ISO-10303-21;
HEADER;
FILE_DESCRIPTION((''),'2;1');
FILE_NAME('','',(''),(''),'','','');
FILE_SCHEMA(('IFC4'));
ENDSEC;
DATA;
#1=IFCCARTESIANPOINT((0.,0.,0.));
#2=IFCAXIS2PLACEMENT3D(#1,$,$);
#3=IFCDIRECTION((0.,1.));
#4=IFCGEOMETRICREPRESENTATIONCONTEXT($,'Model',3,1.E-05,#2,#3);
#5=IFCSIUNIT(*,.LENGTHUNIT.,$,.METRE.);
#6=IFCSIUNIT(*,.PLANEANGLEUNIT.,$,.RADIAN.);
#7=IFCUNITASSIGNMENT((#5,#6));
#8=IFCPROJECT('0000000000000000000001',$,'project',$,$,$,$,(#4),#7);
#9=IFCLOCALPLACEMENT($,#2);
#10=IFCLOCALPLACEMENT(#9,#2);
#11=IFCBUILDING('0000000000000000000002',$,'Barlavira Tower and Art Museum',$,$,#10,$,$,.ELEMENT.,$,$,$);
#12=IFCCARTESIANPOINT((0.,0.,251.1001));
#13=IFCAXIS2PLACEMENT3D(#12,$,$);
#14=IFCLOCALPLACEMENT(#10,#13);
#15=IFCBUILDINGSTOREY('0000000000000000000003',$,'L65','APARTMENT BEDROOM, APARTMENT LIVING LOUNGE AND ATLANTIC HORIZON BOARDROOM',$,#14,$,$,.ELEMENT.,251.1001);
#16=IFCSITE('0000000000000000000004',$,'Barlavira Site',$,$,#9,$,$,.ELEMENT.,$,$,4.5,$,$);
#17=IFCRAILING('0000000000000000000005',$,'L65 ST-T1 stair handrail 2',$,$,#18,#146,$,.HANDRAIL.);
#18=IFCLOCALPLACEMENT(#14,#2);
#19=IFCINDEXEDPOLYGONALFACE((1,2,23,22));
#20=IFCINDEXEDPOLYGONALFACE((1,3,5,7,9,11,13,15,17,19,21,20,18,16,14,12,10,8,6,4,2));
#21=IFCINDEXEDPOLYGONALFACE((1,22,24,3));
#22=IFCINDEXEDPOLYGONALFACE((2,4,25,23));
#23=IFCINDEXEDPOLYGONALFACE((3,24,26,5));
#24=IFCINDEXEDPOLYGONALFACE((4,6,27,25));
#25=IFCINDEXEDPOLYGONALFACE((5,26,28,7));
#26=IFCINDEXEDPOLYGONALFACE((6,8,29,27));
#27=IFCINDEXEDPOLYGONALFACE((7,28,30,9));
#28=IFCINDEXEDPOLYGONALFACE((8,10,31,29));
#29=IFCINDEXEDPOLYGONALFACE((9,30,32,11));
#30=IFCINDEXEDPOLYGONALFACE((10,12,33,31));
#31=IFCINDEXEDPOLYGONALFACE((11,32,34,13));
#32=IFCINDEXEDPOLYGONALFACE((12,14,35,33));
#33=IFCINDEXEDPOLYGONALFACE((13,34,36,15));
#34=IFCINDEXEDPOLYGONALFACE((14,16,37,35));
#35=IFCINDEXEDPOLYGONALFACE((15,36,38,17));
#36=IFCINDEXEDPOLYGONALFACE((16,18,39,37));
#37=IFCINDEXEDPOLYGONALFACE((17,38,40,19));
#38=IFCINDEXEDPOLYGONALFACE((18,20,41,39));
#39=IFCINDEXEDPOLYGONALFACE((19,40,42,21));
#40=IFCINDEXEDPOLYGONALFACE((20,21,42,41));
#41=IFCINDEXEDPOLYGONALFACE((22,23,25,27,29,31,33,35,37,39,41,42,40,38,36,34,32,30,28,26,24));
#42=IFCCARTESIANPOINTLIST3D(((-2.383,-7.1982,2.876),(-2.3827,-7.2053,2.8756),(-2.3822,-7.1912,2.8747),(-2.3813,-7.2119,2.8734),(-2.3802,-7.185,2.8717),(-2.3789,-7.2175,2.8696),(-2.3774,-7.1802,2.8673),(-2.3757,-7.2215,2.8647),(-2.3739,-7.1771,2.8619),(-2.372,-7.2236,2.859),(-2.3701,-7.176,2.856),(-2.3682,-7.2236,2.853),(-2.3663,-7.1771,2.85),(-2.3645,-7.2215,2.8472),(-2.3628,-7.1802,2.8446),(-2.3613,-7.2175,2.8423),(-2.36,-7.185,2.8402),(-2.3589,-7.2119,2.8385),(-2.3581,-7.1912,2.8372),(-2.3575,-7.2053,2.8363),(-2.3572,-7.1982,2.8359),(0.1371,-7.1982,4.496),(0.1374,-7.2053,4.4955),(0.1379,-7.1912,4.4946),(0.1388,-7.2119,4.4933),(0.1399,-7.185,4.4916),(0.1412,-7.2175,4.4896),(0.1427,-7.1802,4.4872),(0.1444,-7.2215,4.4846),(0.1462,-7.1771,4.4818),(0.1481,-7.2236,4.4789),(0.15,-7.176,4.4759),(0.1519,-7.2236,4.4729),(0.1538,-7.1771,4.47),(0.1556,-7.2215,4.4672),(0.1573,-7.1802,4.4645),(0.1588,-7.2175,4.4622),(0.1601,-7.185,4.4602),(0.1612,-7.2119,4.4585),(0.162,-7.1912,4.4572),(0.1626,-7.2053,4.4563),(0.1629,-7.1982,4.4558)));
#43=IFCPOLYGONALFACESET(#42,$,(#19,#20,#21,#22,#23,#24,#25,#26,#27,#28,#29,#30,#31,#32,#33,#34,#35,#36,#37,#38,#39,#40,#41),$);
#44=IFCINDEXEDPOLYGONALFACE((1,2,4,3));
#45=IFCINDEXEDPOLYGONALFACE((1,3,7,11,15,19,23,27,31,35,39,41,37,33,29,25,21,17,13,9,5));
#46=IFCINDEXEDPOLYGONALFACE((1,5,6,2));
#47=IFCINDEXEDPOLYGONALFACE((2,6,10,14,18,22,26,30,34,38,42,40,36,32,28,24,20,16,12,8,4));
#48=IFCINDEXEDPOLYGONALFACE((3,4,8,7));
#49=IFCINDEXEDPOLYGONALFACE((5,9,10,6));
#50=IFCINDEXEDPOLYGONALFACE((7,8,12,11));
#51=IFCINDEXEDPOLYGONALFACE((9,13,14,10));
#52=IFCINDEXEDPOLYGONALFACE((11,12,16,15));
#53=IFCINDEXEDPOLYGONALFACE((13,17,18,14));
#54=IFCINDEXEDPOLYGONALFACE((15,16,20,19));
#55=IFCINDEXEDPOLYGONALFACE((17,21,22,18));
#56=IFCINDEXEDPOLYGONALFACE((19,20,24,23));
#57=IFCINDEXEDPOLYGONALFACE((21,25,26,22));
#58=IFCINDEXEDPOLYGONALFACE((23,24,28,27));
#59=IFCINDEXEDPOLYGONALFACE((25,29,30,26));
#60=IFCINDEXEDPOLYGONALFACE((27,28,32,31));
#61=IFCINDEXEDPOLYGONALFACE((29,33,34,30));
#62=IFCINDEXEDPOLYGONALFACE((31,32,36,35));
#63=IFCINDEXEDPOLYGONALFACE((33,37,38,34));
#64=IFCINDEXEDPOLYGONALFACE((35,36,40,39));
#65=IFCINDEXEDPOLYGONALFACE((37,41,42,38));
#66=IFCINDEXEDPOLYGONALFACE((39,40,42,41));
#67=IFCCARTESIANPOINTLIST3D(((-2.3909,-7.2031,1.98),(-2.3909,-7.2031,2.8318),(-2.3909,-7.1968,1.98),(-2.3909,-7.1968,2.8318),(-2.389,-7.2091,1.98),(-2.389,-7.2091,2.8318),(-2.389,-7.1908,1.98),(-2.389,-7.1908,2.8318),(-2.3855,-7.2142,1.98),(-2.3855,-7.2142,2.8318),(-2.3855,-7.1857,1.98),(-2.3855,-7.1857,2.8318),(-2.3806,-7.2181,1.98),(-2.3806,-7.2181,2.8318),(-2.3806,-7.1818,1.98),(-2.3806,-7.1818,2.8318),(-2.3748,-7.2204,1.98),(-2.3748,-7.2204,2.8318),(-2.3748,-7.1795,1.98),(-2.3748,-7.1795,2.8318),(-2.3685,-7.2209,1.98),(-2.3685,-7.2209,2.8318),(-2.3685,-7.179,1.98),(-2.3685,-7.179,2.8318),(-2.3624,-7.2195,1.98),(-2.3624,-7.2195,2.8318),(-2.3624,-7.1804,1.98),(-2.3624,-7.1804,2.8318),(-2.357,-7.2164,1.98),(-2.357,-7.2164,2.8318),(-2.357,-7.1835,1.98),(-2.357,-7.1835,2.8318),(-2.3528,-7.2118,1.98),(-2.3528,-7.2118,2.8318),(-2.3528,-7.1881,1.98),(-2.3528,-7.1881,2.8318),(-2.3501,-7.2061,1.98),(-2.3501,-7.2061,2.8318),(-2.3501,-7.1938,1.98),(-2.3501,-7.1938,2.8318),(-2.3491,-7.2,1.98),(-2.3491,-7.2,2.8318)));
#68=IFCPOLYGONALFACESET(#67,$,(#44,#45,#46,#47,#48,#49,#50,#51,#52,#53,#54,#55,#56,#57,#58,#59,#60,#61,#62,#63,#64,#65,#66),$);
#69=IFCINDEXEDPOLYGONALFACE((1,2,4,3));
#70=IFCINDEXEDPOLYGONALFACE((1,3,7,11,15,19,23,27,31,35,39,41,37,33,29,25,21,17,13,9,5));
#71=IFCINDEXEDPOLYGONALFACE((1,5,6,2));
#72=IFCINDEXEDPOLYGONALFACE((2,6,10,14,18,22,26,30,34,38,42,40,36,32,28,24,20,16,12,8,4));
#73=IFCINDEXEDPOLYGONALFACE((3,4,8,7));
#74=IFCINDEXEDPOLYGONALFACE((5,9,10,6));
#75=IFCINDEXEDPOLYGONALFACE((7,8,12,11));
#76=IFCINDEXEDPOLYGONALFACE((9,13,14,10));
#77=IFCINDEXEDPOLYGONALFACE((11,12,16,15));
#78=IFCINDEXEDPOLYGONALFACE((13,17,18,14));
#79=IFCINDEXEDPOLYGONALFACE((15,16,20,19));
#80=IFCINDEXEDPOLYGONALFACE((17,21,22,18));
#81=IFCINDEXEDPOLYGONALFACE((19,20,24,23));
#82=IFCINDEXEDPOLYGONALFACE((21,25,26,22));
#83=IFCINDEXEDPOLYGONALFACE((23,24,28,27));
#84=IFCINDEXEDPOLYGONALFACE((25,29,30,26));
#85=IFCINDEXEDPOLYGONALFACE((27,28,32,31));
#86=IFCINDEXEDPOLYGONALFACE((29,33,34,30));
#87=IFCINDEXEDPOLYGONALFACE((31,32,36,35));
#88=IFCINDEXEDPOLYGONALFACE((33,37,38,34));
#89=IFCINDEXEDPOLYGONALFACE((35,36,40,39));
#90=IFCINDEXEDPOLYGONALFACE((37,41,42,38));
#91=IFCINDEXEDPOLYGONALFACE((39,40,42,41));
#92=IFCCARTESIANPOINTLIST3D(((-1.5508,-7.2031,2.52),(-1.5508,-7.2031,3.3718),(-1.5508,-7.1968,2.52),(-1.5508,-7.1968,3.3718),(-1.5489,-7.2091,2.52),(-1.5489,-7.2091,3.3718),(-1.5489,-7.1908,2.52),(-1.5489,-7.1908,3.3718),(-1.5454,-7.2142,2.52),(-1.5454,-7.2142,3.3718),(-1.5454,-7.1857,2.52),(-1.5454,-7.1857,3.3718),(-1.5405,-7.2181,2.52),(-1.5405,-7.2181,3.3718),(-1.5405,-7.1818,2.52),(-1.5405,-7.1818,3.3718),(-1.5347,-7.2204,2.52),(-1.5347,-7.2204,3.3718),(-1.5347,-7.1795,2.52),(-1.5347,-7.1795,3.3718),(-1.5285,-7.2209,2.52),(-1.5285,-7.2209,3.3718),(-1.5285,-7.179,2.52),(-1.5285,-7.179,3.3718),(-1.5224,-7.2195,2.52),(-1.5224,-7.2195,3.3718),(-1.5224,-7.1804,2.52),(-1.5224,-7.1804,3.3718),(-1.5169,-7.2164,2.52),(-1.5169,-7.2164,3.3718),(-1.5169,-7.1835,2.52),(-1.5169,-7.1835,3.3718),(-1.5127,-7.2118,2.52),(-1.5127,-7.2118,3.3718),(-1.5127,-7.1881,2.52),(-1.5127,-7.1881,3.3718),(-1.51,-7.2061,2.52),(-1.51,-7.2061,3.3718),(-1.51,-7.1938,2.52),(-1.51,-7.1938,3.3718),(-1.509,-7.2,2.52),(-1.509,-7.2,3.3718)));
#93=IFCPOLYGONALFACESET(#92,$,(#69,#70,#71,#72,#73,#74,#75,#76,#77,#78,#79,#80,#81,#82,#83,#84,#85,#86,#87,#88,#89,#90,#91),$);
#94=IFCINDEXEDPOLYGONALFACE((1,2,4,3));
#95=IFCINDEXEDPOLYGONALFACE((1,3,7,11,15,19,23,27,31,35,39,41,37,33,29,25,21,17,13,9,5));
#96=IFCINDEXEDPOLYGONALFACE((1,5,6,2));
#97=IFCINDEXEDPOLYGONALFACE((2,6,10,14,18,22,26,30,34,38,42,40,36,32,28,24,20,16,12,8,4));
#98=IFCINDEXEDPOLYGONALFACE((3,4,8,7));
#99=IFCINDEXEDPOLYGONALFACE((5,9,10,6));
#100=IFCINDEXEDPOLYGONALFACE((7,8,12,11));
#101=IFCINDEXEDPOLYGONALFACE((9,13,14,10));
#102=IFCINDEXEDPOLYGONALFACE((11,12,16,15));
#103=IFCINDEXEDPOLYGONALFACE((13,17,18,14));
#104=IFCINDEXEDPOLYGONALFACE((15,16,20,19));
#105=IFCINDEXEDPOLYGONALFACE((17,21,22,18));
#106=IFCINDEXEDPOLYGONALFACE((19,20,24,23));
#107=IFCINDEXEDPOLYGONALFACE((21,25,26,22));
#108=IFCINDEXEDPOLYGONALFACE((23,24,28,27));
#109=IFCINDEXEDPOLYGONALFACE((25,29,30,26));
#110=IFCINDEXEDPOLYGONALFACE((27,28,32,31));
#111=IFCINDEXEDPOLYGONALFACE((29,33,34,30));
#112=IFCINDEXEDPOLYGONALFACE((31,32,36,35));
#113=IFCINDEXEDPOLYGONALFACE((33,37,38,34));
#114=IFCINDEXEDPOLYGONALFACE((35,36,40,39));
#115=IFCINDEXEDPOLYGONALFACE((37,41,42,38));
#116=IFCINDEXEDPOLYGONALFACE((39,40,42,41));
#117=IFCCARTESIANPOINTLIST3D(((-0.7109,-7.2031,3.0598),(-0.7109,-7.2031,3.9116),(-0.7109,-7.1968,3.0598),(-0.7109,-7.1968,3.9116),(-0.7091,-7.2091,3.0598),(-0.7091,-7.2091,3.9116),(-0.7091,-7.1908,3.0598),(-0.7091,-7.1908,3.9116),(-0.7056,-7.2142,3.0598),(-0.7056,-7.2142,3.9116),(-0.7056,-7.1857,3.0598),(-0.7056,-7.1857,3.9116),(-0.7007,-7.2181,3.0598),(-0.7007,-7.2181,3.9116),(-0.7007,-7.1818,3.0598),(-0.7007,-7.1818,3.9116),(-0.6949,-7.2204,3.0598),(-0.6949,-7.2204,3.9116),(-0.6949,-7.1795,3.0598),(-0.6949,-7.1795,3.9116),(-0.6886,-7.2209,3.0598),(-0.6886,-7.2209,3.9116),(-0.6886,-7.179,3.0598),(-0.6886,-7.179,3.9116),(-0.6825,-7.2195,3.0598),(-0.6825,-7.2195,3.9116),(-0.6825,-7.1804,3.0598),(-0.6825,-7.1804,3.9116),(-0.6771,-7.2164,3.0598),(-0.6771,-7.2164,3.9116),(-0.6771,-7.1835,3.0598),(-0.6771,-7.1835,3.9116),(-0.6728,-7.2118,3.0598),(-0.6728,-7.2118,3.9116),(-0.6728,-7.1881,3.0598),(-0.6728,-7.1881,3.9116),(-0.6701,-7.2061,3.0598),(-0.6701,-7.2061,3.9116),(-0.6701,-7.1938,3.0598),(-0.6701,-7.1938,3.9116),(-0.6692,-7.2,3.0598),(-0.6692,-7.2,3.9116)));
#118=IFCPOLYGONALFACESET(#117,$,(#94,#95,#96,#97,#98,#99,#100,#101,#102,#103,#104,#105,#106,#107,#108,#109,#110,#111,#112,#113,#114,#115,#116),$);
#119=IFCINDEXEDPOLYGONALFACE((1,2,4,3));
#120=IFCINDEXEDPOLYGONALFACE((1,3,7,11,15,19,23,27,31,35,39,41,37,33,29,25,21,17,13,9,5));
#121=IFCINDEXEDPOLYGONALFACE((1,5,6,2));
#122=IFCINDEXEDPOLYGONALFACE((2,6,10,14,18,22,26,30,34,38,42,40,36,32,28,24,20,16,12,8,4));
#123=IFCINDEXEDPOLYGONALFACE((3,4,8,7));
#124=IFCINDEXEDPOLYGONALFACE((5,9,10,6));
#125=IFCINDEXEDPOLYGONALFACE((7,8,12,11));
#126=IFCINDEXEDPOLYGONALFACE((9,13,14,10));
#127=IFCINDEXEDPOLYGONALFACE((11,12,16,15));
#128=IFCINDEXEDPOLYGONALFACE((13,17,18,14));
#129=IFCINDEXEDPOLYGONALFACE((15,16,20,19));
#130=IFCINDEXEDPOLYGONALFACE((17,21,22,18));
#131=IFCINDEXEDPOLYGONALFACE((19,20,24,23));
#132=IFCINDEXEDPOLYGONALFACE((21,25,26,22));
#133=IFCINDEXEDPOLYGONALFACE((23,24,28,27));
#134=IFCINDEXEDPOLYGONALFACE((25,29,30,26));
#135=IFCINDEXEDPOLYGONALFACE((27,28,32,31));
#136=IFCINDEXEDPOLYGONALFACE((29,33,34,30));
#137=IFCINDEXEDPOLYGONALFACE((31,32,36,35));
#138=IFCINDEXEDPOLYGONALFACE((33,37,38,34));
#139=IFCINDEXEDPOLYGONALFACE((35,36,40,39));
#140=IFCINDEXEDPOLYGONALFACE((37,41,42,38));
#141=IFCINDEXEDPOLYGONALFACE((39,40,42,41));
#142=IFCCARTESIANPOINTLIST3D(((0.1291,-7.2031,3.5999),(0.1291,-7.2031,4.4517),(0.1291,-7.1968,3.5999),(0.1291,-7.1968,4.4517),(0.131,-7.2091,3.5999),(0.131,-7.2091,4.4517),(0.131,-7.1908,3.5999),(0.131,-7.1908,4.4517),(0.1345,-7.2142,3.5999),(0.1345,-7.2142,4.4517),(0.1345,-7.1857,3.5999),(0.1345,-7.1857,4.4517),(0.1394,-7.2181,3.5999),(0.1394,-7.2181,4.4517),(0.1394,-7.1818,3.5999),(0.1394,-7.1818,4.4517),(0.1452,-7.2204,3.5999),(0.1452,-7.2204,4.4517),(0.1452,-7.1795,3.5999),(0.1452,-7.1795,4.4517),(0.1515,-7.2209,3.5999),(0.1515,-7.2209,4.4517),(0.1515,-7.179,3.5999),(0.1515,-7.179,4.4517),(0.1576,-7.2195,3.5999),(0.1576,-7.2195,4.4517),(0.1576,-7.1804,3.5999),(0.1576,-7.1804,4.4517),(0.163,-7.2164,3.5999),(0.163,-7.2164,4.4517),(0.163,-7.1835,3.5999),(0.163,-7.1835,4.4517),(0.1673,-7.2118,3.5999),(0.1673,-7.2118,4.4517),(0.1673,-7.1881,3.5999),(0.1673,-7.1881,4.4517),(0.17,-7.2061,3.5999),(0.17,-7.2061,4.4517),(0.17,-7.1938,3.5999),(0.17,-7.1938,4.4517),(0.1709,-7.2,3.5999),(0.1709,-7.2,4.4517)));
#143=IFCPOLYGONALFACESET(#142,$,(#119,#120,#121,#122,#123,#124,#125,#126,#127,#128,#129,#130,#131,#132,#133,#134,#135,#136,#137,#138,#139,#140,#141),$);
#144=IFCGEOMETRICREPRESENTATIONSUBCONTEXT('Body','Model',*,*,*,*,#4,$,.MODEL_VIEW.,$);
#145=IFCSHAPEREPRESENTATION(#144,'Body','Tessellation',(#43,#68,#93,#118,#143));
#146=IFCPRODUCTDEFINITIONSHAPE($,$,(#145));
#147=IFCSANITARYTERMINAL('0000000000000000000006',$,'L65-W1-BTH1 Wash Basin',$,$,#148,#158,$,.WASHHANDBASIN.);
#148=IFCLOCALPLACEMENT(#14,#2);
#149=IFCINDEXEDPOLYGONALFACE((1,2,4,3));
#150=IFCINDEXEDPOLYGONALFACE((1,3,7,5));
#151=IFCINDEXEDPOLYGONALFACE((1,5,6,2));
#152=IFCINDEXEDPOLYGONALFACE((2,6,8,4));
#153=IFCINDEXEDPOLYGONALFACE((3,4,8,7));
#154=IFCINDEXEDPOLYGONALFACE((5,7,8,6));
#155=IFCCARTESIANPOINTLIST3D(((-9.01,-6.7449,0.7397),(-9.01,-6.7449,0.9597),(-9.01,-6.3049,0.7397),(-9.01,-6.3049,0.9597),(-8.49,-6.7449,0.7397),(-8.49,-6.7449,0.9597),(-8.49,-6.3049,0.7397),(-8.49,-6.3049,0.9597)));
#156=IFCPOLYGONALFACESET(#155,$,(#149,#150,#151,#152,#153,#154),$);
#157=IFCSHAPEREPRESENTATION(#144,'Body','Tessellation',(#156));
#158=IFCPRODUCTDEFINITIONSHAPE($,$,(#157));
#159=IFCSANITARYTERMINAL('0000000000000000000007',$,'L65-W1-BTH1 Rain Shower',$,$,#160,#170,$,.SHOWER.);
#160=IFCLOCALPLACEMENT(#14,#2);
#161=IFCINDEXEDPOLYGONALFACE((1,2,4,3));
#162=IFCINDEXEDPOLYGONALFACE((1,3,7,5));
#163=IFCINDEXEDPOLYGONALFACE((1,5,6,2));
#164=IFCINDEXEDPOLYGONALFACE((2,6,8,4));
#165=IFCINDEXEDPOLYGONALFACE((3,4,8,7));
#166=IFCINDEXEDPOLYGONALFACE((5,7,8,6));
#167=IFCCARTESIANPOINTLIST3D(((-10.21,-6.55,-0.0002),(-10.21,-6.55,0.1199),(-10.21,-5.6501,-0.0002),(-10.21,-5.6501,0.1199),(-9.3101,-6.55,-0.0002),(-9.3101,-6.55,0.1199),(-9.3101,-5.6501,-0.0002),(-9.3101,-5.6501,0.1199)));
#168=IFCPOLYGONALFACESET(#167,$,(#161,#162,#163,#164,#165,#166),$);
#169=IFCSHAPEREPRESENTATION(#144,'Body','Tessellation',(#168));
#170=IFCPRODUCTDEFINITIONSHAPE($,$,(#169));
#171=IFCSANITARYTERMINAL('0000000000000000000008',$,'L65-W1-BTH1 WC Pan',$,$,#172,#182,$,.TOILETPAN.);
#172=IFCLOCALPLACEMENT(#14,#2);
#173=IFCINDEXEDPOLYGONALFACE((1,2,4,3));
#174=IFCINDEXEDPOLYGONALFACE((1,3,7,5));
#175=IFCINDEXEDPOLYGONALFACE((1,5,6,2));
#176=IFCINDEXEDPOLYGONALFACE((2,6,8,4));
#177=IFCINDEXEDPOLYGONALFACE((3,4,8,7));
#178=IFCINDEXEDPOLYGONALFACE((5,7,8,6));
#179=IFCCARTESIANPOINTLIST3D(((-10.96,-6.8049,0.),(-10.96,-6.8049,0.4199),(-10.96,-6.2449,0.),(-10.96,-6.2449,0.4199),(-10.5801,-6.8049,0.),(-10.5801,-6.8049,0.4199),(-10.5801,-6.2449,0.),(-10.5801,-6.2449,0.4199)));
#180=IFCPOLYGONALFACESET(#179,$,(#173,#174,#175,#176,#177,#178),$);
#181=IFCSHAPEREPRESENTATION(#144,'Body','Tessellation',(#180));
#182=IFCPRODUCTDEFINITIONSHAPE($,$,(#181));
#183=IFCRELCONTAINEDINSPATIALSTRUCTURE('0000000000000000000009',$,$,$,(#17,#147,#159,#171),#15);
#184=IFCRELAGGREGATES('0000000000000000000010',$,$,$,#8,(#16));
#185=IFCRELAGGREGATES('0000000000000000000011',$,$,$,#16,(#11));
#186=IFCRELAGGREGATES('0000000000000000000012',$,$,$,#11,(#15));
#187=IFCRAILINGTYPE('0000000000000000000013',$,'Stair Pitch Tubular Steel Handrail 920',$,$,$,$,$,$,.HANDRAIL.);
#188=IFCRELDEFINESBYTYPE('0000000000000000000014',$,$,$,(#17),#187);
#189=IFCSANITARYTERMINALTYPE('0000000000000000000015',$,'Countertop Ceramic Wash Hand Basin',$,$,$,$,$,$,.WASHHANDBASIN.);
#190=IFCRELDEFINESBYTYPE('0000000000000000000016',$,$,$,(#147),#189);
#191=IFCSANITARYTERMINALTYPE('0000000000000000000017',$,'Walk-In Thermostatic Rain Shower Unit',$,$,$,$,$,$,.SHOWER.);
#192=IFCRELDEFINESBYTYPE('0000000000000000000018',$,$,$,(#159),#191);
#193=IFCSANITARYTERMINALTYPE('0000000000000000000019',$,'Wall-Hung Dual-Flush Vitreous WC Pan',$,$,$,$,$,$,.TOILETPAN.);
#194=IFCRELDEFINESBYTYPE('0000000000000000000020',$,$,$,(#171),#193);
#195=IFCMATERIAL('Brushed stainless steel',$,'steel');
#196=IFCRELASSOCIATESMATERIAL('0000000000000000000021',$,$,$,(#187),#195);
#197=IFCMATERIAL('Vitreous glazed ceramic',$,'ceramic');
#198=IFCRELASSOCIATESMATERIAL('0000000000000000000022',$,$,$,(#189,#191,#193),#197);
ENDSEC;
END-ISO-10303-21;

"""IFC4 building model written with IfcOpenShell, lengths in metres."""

from ifc_helpers import new_model, si_unit, direction, frame, origin, origin_2d, place, context, subcontext, project, spatial, rectangle, circle, extrude, material, type_object, element, save


model = new_model("IFC4")

# Units and contexts
model_context = context("Model", 3, precision=1e-05, world=origin(), true_north=direction((0.0, 1.0)))
body_context = subcontext(model_context, "Body", "Model", "MODEL_VIEW")
ifc_project = project(units=[si_unit("LENGTHUNIT", "METRE"), si_unit("PLANEANGLEUNIT", "RADIAN")], contexts=[model_context])

# Site, building, storey
site_placement = place(None, origin())
site = spatial("IfcSite", under=ifc_project, at=site_placement, Name="Barlavira Site", CompositionType="ELEMENT", RefElevation=4.5)
building_placement = place(site_placement, origin())
building = spatial("IfcBuilding", under=site, at=building_placement, Name="Barlavira Tower and Art Museum", CompositionType="ELEMENT")
storey_placement = place(building_placement, frame((0.0, 0.0, 251.1001)))
storey = spatial("IfcBuildingStorey", under=building, at=storey_placement, Name="L65", Description="APARTMENT BEDROOM, APARTMENT LIVING LOUNGE AND ATLANTIC HORIZON BOARDROOM", CompositionType="ELEMENT", Elevation=251.1001)

# Shared definitions
ifc_material_1 = material(Name="Brushed stainless steel", Category="steel")

# Railing
railing_type_1 = type_object("IfcRailingType", Name="Stair Pitch Tubular Steel Handrail 920", PredefinedType="HANDRAIL", material=ifc_material_1)
railing_1_placement = place(storey_placement, frame((-2.3701, -7.2, 1.98)))
element("IfcRailing", 1, at=railing_1_placement, inside=storey, type_object=railing_type_1, Name="L65 ST-T1 stair handrail 2", PredefinedType="HANDRAIL", context=body_context, shape_type="SweptSolid", body=[
    extrude(circle(Radius=0.0239, at=origin_2d()), frame((0.0, 0.0, 0.876), z_axis=(0.8412, 0.0, 0.540725), x_axis=(0.0, 1.0, 0.0)), (0.0, 0.0, 1.0), 2.9958),
    extrude(circle(Radius=0.021, at=origin_2d()), origin(), (0.0, 0.0, 1.0), 0.8518),
    extrude(circle(Radius=0.021, at=origin_2d()), frame((0.8401, 0.0, 0.54)), (0.0, 0.0, 1.0), 0.8518),
    extrude(circle(Radius=0.021, at=origin_2d()), frame((1.6799, 0.0, 1.0798)), (0.0, 0.0, 1.0), 0.8518),
    extrude(circle(Radius=0.021, at=origin_2d()), frame((2.52, 0.0, 1.6199)), (0.0, 0.0, 1.0), 0.8518),
])

# Sanitary terminals
ifc_material_2 = material(Name="Vitreous glazed ceramic", Category="ceramic")
sanitary_terminal_type_1 = type_object("IfcSanitaryTerminalType", Name="Countertop Ceramic Wash Hand Basin", PredefinedType="WASHHANDBASIN", material=ifc_material_2)
sanitary_terminal_1_placement = place(storey_placement, frame((-8.75, -6.5249, 0.7397), z_axis=(0.0, 0.0, 1.0), x_axis=(1.0, 0.0, 0.0)))
element("IfcSanitaryTerminal", 2, at=sanitary_terminal_1_placement, inside=storey, type_object=sanitary_terminal_type_1, Name="L65-W1-BTH1 Wash Basin", PredefinedType="WASHHANDBASIN", context=body_context, shape_type="SweptSolid", body=[
    extrude(rectangle(XDim=0.52, YDim=0.4399, at=origin_2d()), origin(), (0.0, 0.0, 1.0), 0.22),
])
sanitary_terminal_type_2 = type_object("IfcSanitaryTerminalType", Name="Walk-In Thermostatic Rain Shower Unit", PredefinedType="SHOWER", material=ifc_material_2)
sanitary_terminal_2_placement = place(storey_placement, frame((-9.76, -6.1001, -0.0002), z_axis=(0.0, 0.0, 1.0), x_axis=(1.0, 0.0, 0.0)))
element("IfcSanitaryTerminal", 3, at=sanitary_terminal_2_placement, inside=storey, type_object=sanitary_terminal_type_2, Name="L65-W1-BTH1 Rain Shower", PredefinedType="SHOWER", context=body_context, shape_type="SweptSolid", body=[
    extrude(rectangle(XDim=0.8999, YDim=0.8999, at=origin_2d()), origin(), (0.0, 0.0, 1.0), 0.1201),
])
sanitary_terminal_type_3 = type_object("IfcSanitaryTerminalType", Name="Wall-Hung Dual-Flush Vitreous WC Pan", PredefinedType="TOILETPAN", material=ifc_material_2)
sanitary_terminal_3_placement = place(storey_placement, frame((-10.77, -6.5249, 0.0), z_axis=(0.0, 0.0, 1.0), x_axis=(1.0, 0.0, 0.0)))
element("IfcSanitaryTerminal", 4, at=sanitary_terminal_3_placement, inside=storey, type_object=sanitary_terminal_type_3, Name="L65-W1-BTH1 WC Pan", PredefinedType="TOILETPAN", context=body_context, shape_type="SweptSolid", body=[
    extrude(rectangle(XDim=0.3799, YDim=0.5601, at=origin_2d()), origin(), (0.0, 0.0, 1.0), 0.4199),
])

save(model, "model.ifc")
